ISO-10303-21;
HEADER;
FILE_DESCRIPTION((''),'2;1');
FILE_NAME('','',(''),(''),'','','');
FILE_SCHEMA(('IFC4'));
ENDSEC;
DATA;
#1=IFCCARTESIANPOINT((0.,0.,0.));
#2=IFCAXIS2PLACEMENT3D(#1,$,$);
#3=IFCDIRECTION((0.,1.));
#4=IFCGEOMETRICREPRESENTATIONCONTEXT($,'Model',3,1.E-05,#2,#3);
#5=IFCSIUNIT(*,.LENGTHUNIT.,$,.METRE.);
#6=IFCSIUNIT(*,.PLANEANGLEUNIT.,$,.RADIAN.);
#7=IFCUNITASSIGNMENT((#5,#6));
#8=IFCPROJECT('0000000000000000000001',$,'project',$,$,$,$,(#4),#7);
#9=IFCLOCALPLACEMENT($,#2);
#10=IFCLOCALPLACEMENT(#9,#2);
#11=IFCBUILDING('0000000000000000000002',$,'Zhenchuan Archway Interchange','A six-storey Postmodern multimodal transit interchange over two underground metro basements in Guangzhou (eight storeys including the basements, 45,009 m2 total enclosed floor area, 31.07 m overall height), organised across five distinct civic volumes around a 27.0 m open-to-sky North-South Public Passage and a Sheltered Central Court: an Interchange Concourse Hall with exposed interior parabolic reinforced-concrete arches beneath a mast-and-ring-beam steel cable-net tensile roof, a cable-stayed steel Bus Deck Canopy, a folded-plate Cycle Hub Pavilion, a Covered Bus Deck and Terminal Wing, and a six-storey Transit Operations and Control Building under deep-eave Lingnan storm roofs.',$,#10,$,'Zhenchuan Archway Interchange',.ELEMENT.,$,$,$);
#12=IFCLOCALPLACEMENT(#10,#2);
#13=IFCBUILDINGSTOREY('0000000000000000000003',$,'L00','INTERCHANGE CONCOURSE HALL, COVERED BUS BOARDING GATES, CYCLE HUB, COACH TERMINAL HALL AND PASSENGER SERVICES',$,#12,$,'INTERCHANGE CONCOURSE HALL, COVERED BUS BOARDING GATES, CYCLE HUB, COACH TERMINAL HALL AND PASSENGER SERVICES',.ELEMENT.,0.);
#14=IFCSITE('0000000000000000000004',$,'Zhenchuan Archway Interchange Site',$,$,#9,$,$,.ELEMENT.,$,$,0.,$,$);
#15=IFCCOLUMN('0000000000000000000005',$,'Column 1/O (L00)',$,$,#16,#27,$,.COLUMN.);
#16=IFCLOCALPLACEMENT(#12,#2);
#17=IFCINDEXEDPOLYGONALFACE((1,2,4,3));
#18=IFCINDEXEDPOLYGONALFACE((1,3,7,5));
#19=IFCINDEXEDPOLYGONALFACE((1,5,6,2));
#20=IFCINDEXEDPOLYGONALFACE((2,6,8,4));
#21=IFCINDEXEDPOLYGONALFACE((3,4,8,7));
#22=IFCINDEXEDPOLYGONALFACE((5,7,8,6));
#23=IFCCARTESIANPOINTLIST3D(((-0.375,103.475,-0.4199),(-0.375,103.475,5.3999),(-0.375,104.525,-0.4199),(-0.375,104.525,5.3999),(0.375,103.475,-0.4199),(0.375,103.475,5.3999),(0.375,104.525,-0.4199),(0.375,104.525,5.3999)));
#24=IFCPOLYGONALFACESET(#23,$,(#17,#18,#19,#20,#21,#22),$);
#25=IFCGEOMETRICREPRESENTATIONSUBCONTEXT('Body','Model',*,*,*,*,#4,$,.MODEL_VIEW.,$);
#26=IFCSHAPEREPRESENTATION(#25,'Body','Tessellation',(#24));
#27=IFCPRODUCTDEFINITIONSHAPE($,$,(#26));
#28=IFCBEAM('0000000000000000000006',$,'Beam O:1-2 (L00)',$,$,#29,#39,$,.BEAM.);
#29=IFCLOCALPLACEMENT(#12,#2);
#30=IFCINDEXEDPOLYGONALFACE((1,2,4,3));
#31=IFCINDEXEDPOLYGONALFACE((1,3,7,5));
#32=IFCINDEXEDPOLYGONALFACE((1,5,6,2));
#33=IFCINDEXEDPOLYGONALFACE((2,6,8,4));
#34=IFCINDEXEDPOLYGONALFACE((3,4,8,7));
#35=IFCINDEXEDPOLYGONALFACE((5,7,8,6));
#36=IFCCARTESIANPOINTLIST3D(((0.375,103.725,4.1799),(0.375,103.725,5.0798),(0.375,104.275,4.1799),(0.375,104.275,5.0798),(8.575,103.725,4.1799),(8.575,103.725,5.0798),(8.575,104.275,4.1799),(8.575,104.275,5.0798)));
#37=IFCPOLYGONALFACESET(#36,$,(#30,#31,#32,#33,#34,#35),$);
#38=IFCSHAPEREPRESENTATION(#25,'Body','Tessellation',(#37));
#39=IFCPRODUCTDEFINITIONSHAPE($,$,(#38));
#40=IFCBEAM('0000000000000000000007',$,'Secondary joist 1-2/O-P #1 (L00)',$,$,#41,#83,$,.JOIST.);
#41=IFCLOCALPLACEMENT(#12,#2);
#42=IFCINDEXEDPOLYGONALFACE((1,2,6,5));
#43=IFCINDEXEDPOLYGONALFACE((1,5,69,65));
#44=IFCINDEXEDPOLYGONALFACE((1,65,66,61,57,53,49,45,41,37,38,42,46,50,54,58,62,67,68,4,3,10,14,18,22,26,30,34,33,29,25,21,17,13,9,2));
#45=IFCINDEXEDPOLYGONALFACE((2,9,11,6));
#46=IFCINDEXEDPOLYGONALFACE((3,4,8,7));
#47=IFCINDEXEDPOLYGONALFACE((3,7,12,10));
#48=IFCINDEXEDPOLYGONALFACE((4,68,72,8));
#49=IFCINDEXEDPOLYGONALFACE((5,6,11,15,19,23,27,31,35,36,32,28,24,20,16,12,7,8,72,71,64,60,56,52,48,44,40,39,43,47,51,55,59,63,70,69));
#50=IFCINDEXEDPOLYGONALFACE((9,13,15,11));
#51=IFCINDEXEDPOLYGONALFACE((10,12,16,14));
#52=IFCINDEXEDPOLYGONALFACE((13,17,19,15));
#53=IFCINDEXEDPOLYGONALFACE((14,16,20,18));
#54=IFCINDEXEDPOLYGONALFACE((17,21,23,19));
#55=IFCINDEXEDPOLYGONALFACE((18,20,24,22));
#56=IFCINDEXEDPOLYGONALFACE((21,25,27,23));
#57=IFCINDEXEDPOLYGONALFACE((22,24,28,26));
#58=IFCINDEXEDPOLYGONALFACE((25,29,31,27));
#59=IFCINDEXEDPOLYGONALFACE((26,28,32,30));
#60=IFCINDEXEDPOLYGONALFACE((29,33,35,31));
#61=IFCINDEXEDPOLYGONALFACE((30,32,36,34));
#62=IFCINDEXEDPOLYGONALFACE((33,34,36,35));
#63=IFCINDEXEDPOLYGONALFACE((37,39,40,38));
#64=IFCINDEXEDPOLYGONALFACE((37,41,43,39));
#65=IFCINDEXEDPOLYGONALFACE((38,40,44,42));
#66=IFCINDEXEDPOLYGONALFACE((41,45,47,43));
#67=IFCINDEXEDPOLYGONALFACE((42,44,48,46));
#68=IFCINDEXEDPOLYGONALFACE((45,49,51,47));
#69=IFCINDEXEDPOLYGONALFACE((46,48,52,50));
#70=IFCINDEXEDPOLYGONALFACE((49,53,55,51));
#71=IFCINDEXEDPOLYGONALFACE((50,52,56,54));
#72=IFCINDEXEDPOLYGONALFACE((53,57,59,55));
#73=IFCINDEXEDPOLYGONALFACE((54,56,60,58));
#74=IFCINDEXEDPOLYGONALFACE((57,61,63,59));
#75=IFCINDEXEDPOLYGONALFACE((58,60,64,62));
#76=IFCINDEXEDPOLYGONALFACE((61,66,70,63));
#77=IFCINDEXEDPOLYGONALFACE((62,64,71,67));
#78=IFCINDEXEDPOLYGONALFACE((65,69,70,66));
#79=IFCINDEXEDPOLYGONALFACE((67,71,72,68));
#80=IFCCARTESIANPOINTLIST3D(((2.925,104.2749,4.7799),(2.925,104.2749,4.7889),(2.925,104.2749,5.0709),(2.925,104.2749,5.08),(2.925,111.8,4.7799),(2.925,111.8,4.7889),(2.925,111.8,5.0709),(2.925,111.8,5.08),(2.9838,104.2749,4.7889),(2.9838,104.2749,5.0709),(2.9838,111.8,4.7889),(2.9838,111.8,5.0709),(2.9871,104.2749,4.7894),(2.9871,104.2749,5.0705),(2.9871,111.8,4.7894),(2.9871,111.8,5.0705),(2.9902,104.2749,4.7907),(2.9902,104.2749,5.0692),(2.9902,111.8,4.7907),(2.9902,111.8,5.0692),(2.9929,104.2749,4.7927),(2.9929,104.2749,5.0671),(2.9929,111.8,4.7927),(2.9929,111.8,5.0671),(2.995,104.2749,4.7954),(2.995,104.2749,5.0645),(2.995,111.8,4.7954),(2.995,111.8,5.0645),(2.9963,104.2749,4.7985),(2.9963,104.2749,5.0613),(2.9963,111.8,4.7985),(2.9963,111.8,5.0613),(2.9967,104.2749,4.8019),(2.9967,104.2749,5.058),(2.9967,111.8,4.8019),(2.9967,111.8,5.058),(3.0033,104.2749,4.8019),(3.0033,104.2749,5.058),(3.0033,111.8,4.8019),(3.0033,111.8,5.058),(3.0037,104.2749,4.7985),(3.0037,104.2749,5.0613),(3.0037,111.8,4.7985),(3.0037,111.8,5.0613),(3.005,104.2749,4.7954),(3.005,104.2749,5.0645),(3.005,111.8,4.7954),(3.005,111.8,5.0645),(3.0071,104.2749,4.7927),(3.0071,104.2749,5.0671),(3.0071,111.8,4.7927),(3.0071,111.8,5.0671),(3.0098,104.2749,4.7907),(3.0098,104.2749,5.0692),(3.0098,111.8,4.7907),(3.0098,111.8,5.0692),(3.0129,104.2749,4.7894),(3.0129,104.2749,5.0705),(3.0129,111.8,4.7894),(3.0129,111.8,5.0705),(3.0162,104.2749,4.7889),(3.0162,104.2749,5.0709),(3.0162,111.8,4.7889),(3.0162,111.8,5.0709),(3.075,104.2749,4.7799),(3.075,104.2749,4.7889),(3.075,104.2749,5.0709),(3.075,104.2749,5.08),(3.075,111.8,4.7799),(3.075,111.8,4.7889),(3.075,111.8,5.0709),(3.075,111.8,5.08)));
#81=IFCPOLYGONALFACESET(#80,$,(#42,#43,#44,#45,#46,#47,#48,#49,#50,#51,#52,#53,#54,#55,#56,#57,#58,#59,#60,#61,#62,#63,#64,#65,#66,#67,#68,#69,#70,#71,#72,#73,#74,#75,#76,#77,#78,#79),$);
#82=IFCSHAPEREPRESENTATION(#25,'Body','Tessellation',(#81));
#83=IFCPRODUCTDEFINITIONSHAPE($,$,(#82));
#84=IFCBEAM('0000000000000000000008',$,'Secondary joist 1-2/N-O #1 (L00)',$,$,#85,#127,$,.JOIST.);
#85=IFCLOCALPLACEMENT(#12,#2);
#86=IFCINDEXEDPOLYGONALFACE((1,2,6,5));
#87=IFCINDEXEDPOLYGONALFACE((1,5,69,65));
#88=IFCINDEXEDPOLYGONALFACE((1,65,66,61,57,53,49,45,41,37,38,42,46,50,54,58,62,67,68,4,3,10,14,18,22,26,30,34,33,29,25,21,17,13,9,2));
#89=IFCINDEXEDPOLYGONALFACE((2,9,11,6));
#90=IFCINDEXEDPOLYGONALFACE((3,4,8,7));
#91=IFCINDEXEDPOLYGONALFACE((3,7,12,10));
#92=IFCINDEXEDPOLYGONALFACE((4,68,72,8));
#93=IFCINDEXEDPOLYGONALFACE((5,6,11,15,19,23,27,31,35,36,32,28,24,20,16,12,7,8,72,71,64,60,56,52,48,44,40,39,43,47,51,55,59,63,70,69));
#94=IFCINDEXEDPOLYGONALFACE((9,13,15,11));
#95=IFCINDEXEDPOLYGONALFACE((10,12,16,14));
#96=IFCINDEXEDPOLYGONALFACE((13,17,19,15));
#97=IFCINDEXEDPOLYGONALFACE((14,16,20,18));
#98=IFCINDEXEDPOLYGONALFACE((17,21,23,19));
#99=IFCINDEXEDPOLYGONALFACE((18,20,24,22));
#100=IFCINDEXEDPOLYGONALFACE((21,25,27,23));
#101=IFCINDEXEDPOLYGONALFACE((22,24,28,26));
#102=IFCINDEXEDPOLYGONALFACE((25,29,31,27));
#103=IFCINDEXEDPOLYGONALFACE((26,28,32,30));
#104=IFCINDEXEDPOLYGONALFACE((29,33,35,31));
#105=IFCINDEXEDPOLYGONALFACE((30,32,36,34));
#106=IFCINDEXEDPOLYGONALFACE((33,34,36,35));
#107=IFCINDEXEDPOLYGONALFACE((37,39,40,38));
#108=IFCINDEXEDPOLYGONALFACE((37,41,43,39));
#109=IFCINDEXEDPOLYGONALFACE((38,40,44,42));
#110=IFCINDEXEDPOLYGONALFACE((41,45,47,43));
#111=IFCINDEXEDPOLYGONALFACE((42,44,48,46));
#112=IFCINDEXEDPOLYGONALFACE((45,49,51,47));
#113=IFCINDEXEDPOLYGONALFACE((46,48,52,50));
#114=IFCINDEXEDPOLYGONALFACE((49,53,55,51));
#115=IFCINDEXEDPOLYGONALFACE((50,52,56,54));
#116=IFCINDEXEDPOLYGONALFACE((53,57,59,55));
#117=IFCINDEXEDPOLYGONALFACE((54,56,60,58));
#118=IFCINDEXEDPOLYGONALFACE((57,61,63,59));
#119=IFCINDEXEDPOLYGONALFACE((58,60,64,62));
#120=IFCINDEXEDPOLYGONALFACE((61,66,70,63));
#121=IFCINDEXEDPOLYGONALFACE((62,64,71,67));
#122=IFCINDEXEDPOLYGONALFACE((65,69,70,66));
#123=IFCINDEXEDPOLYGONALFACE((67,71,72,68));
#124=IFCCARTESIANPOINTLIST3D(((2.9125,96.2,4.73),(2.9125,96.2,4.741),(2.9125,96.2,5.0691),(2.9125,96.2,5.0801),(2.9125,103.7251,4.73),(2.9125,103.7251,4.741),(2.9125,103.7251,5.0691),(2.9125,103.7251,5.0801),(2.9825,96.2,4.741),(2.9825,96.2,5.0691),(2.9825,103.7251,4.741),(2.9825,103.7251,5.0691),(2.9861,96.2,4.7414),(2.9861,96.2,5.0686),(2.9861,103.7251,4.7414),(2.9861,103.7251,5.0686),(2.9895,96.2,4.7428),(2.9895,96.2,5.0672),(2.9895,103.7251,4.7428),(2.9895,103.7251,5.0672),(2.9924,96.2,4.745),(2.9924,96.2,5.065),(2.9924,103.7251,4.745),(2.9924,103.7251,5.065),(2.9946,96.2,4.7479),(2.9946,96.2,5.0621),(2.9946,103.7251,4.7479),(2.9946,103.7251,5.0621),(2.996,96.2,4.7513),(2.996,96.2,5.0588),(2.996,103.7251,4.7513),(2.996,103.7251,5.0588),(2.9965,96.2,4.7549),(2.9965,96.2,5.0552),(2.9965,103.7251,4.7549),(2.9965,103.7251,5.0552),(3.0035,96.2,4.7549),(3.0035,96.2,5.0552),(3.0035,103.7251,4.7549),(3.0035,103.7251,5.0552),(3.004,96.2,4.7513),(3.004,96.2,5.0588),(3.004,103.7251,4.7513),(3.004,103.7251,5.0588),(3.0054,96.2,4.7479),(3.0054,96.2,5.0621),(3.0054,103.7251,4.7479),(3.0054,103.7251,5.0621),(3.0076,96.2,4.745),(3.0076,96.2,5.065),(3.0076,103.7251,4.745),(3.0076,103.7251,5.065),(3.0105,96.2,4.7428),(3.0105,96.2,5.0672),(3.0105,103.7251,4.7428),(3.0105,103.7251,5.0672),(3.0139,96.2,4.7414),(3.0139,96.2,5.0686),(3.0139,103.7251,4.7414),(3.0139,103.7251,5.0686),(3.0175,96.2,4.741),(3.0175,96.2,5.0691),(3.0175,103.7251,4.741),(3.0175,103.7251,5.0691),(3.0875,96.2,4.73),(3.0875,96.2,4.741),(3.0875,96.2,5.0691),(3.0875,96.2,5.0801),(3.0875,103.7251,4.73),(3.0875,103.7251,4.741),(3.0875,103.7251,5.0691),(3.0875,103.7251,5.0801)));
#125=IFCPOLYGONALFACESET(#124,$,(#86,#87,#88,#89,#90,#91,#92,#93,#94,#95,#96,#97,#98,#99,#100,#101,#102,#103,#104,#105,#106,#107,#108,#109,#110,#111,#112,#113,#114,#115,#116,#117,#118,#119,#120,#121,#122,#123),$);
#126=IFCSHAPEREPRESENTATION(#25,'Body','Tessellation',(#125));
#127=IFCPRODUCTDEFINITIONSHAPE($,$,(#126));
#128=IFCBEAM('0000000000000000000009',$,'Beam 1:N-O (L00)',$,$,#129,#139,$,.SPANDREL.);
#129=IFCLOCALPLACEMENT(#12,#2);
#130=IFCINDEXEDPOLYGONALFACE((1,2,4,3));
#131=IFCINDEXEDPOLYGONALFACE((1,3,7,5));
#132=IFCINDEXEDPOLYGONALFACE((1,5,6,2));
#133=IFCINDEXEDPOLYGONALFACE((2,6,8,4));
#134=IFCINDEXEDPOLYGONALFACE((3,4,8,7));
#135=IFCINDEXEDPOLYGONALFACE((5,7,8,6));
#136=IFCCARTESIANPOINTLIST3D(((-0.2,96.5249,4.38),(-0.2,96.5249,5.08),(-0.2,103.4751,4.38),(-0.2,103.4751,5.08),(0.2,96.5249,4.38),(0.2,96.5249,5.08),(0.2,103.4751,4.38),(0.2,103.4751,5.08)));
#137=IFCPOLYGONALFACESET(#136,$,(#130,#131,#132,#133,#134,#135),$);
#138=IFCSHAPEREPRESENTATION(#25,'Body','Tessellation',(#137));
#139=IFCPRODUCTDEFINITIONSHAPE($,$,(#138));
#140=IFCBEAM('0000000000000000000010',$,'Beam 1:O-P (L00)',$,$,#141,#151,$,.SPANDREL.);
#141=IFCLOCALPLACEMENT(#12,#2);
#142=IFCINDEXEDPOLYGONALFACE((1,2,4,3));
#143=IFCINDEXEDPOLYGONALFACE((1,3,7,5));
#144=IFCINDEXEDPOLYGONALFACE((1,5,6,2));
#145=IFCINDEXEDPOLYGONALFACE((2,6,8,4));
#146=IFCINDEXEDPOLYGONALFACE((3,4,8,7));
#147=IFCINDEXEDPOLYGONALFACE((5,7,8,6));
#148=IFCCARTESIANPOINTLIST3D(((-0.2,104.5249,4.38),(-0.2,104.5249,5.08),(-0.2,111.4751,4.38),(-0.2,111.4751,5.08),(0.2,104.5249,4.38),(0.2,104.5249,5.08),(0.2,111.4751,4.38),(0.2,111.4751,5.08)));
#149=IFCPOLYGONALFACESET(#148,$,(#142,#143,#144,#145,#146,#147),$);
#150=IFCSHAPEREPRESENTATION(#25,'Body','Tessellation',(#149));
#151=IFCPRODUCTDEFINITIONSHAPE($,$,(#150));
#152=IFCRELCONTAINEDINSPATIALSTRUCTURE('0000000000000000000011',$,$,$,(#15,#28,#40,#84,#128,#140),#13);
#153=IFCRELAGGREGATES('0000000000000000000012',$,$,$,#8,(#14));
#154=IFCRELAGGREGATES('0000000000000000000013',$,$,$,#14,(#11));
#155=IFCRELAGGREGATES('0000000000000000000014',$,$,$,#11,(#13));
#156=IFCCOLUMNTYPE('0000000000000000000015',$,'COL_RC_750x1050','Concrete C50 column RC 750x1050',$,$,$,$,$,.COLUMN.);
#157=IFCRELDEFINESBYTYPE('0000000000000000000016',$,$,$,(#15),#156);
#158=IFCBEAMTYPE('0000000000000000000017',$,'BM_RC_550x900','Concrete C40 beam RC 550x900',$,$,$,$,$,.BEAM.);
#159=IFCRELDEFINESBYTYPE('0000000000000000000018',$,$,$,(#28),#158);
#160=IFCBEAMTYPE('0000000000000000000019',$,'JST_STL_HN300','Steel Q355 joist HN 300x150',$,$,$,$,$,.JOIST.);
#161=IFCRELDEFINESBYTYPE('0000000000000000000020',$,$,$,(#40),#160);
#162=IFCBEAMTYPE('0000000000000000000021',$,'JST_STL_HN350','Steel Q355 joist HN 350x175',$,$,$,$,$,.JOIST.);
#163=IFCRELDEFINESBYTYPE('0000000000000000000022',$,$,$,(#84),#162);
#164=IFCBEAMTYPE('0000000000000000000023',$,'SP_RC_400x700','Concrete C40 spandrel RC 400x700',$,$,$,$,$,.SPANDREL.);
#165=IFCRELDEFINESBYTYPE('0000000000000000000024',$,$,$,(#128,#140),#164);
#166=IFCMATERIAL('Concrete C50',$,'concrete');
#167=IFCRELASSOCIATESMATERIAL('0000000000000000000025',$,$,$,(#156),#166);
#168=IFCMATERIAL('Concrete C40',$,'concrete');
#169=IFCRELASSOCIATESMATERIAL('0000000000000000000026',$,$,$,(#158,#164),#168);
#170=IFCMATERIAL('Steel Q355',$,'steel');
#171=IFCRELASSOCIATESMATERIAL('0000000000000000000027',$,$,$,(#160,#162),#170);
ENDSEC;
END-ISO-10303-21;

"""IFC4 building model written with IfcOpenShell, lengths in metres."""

from ifc_helpers import new_model, si_unit, direction, frame, origin, origin_2d, place, context, subcontext, project, spatial, rectangle, i_section, extrude, material, material_profile, profile_set, type_object, element, save


model = new_model("IFC4")

# Units and contexts
model_context = context("Model", 3, precision=1e-05, world=origin(), true_north=direction((0.0, 1.0)))
body_context = subcontext(model_context, "Body", "Model", "MODEL_VIEW")
ifc_project = project(units=[si_unit("LENGTHUNIT", "METRE"), si_unit("PLANEANGLEUNIT", "RADIAN")], contexts=[model_context])

# Site, building, storey
site_placement = place(None, origin())
site = spatial("IfcSite", under=ifc_project, at=site_placement, Name="Zhenchuan Archway Interchange Site", CompositionType="ELEMENT", RefElevation=0.0)
building_placement = place(site_placement, origin())
building = spatial("IfcBuilding", under=site, at=building_placement, Name="Zhenchuan Archway Interchange", Description="A six-storey Postmodern multimodal transit interchange over two underground metro basements in Guangzhou (eight storeys including the basements, 45,009 m2 total enclosed floor area, 31.07 m overall height), organised across five distinct civic volumes around a 27.0 m open-to-sky North-South Public Passage and a Sheltered Central Court: an Interchange Concourse Hall with exposed interior parabolic reinforced-concrete arches beneath a mast-and-ring-beam steel cable-net tensile roof, a cable-stayed steel Bus Deck Canopy, a folded-plate Cycle Hub Pavilion, a Covered Bus Deck and Terminal Wing, and a six-storey Transit Operations and Control Building under deep-eave Lingnan storm roofs.", LongName="Zhenchuan Archway Interchange", CompositionType="ELEMENT")
storey_placement = place(building_placement, origin())
storey = spatial("IfcBuildingStorey", under=building, at=storey_placement, Name="L00", Description="INTERCHANGE CONCOURSE HALL, COVERED BUS BOARDING GATES, CYCLE HUB, COACH TERMINAL HALL AND PASSENGER SERVICES", LongName="INTERCHANGE CONCOURSE HALL, COVERED BUS BOARDING GATES, CYCLE HUB, COACH TERMINAL HALL AND PASSENGER SERVICES", CompositionType="ELEMENT", Elevation=0.0)

# Shared definitions
ifc_material_1 = material(Name="Concrete C40", Category="concrete")

# Column
ifc_material_2 = material(Name="Concrete C50", Category="concrete")
ifc_material_profile_1 = material_profile(ifc_material_2, rectangle(XDim=0.75, YDim=1.05, at=origin_2d()), Name="RC 750x1050")
ifc_profile_set_1 = profile_set([ifc_material_profile_1], Name="Concrete C50")
column_type = type_object("IfcColumnType", Name="COL_RC_750x1050", Description="Concrete C50 column RC 750x1050", PredefinedType="COLUMN", material=ifc_profile_set_1)
column_placement = place(storey_placement, frame((0.0, 104.0, -0.4199), z_axis=(0.0, 0.0, 1.0), x_axis=(1.0, 0.0, 0.0)))
element("IfcColumn", 1, at=column_placement, inside=storey, type_object=column_type, Name="Column 1/O (L00)", PredefinedType="COLUMN", context=body_context, shape_type="SweptSolid", body=[
    extrude(rectangle(XDim=0.75, YDim=1.05, at=origin_2d()), origin(), (0.0, 0.0, 1.0), 5.8198),
])

# Beams
ifc_material_profile_2 = material_profile(ifc_material_1, rectangle(XDim=0.55, YDim=0.8999, at=origin_2d()), Name="RC 550x900")
ifc_profile_set_2 = profile_set([ifc_material_profile_2], Name="Concrete C40")
beam_type_1 = type_object("IfcBeamType", Name="BM_RC_550x900", Description="Concrete C40 beam RC 550x900", PredefinedType="BEAM", material=ifc_profile_set_2)
beam_1_placement = place(storey_placement, frame((0.375, 104.0, 4.6299), z_axis=(1.0, 0.0, 0.0), x_axis=(0.0, 1.0, 0.0)))
element("IfcBeam", 2, at=beam_1_placement, inside=storey, type_object=beam_type_1, Name="Beam O:1-2 (L00)", PredefinedType="BEAM", context=body_context, shape_type="SweptSolid", body=[
    extrude(rectangle(XDim=0.55, YDim=0.8999, at=origin_2d()), origin(), (0.0, 0.0, 1.0), 8.2),
])
ifc_material_3 = material(Name="Steel Q355", Category="steel")
ifc_material_profile_3 = material_profile(ifc_material_3, i_section(OverallWidth=0.1499, OverallDepth=0.3, WebThickness=0.0066, FlangeThickness=0.009, FilletRadius=0.0129, at=origin_2d()), Name="HN 300x150")
ifc_profile_set_3 = profile_set([ifc_material_profile_3], Name="Steel Q355")
beam_type_2 = type_object("IfcBeamType", Name="JST_STL_HN300", Description="Steel Q355 joist HN 300x150", PredefinedType="JOIST", material=ifc_profile_set_3)
beam_2_placement = place(storey_placement, frame((3.0, 104.2749, 4.9299), z_axis=(0.0, 1.0, 0.0), x_axis=(-1.0, 0.0, 0.0)))
element("IfcBeam", 3, at=beam_2_placement, inside=storey, type_object=beam_type_2, Name="Secondary joist 1-2/O-P #1 (L00)", PredefinedType="JOIST", context=body_context, shape_type="SweptSolid", body=[
    extrude(i_section(OverallWidth=0.1499, OverallDepth=0.3, WebThickness=0.0066, FlangeThickness=0.009, FilletRadius=0.0129, at=origin_2d()), origin(), (0.0, 0.0, 1.0), 7.5251),
])
ifc_material_profile_4 = material_profile(ifc_material_3, i_section(OverallWidth=0.175, OverallDepth=0.3501, WebThickness=0.0071, FlangeThickness=0.011, FilletRadius=0.0139, at=origin_2d()), Name="HN 350x175")
ifc_profile_set_4 = profile_set([ifc_material_profile_4], Name="Steel Q355")
beam_type_3 = type_object("IfcBeamType", Name="JST_STL_HN350", Description="Steel Q355 joist HN 350x175", PredefinedType="JOIST", material=ifc_profile_set_4)
beam_3_placement = place(storey_placement, frame((3.0, 96.2, 4.905), z_axis=(0.0, 1.0, 0.0), x_axis=(-1.0, 0.0, 0.0)))
element("IfcBeam", 4, at=beam_3_placement, inside=storey, type_object=beam_type_3, Name="Secondary joist 1-2/N-O #1 (L00)", PredefinedType="JOIST", context=body_context, shape_type="SweptSolid", body=[
    extrude(i_section(OverallWidth=0.175, OverallDepth=0.3501, WebThickness=0.0071, FlangeThickness=0.011, FilletRadius=0.0139, at=origin_2d()), origin(), (0.0, 0.0, 1.0), 7.5251),
])
ifc_material_profile_5 = material_profile(ifc_material_1, rectangle(XDim=0.3999, YDim=0.7, at=origin_2d()), Name="RC 400x700")
ifc_profile_set_5 = profile_set([ifc_material_profile_5], Name="Concrete C40")
beam_type_4 = type_object("IfcBeamType", Name="SP_RC_400x700", Description="Concrete C40 spandrel RC 400x700", PredefinedType="SPANDREL", material=ifc_profile_set_5)
for number, where, z_axis, x_axis, name in (
    (5, (0.0, 96.5249, 4.73), (0.0, 1.0, 0.0), (-1.0, 0.0, 0.0), "Beam 1:N-O (L00)"),
    (6, (0.0, 104.5249, 4.73), (0.0, 1.0, 0.0), (-1.0, 0.0, 0.0), "Beam 1:O-P (L00)"),
):
    element("IfcBeam", number, at=place(storey_placement, frame(where, z_axis=z_axis, x_axis=x_axis)), inside=storey, type_object=beam_type_4, Name=name, PredefinedType="SPANDREL", context=body_context, shape_type="SweptSolid", body=[
        extrude(rectangle(XDim=0.3999, YDim=0.7, at=origin_2d()), origin(), (0.0, 0.0, 1.0), 6.9502),
    ])

save(model, "model.ifc")
